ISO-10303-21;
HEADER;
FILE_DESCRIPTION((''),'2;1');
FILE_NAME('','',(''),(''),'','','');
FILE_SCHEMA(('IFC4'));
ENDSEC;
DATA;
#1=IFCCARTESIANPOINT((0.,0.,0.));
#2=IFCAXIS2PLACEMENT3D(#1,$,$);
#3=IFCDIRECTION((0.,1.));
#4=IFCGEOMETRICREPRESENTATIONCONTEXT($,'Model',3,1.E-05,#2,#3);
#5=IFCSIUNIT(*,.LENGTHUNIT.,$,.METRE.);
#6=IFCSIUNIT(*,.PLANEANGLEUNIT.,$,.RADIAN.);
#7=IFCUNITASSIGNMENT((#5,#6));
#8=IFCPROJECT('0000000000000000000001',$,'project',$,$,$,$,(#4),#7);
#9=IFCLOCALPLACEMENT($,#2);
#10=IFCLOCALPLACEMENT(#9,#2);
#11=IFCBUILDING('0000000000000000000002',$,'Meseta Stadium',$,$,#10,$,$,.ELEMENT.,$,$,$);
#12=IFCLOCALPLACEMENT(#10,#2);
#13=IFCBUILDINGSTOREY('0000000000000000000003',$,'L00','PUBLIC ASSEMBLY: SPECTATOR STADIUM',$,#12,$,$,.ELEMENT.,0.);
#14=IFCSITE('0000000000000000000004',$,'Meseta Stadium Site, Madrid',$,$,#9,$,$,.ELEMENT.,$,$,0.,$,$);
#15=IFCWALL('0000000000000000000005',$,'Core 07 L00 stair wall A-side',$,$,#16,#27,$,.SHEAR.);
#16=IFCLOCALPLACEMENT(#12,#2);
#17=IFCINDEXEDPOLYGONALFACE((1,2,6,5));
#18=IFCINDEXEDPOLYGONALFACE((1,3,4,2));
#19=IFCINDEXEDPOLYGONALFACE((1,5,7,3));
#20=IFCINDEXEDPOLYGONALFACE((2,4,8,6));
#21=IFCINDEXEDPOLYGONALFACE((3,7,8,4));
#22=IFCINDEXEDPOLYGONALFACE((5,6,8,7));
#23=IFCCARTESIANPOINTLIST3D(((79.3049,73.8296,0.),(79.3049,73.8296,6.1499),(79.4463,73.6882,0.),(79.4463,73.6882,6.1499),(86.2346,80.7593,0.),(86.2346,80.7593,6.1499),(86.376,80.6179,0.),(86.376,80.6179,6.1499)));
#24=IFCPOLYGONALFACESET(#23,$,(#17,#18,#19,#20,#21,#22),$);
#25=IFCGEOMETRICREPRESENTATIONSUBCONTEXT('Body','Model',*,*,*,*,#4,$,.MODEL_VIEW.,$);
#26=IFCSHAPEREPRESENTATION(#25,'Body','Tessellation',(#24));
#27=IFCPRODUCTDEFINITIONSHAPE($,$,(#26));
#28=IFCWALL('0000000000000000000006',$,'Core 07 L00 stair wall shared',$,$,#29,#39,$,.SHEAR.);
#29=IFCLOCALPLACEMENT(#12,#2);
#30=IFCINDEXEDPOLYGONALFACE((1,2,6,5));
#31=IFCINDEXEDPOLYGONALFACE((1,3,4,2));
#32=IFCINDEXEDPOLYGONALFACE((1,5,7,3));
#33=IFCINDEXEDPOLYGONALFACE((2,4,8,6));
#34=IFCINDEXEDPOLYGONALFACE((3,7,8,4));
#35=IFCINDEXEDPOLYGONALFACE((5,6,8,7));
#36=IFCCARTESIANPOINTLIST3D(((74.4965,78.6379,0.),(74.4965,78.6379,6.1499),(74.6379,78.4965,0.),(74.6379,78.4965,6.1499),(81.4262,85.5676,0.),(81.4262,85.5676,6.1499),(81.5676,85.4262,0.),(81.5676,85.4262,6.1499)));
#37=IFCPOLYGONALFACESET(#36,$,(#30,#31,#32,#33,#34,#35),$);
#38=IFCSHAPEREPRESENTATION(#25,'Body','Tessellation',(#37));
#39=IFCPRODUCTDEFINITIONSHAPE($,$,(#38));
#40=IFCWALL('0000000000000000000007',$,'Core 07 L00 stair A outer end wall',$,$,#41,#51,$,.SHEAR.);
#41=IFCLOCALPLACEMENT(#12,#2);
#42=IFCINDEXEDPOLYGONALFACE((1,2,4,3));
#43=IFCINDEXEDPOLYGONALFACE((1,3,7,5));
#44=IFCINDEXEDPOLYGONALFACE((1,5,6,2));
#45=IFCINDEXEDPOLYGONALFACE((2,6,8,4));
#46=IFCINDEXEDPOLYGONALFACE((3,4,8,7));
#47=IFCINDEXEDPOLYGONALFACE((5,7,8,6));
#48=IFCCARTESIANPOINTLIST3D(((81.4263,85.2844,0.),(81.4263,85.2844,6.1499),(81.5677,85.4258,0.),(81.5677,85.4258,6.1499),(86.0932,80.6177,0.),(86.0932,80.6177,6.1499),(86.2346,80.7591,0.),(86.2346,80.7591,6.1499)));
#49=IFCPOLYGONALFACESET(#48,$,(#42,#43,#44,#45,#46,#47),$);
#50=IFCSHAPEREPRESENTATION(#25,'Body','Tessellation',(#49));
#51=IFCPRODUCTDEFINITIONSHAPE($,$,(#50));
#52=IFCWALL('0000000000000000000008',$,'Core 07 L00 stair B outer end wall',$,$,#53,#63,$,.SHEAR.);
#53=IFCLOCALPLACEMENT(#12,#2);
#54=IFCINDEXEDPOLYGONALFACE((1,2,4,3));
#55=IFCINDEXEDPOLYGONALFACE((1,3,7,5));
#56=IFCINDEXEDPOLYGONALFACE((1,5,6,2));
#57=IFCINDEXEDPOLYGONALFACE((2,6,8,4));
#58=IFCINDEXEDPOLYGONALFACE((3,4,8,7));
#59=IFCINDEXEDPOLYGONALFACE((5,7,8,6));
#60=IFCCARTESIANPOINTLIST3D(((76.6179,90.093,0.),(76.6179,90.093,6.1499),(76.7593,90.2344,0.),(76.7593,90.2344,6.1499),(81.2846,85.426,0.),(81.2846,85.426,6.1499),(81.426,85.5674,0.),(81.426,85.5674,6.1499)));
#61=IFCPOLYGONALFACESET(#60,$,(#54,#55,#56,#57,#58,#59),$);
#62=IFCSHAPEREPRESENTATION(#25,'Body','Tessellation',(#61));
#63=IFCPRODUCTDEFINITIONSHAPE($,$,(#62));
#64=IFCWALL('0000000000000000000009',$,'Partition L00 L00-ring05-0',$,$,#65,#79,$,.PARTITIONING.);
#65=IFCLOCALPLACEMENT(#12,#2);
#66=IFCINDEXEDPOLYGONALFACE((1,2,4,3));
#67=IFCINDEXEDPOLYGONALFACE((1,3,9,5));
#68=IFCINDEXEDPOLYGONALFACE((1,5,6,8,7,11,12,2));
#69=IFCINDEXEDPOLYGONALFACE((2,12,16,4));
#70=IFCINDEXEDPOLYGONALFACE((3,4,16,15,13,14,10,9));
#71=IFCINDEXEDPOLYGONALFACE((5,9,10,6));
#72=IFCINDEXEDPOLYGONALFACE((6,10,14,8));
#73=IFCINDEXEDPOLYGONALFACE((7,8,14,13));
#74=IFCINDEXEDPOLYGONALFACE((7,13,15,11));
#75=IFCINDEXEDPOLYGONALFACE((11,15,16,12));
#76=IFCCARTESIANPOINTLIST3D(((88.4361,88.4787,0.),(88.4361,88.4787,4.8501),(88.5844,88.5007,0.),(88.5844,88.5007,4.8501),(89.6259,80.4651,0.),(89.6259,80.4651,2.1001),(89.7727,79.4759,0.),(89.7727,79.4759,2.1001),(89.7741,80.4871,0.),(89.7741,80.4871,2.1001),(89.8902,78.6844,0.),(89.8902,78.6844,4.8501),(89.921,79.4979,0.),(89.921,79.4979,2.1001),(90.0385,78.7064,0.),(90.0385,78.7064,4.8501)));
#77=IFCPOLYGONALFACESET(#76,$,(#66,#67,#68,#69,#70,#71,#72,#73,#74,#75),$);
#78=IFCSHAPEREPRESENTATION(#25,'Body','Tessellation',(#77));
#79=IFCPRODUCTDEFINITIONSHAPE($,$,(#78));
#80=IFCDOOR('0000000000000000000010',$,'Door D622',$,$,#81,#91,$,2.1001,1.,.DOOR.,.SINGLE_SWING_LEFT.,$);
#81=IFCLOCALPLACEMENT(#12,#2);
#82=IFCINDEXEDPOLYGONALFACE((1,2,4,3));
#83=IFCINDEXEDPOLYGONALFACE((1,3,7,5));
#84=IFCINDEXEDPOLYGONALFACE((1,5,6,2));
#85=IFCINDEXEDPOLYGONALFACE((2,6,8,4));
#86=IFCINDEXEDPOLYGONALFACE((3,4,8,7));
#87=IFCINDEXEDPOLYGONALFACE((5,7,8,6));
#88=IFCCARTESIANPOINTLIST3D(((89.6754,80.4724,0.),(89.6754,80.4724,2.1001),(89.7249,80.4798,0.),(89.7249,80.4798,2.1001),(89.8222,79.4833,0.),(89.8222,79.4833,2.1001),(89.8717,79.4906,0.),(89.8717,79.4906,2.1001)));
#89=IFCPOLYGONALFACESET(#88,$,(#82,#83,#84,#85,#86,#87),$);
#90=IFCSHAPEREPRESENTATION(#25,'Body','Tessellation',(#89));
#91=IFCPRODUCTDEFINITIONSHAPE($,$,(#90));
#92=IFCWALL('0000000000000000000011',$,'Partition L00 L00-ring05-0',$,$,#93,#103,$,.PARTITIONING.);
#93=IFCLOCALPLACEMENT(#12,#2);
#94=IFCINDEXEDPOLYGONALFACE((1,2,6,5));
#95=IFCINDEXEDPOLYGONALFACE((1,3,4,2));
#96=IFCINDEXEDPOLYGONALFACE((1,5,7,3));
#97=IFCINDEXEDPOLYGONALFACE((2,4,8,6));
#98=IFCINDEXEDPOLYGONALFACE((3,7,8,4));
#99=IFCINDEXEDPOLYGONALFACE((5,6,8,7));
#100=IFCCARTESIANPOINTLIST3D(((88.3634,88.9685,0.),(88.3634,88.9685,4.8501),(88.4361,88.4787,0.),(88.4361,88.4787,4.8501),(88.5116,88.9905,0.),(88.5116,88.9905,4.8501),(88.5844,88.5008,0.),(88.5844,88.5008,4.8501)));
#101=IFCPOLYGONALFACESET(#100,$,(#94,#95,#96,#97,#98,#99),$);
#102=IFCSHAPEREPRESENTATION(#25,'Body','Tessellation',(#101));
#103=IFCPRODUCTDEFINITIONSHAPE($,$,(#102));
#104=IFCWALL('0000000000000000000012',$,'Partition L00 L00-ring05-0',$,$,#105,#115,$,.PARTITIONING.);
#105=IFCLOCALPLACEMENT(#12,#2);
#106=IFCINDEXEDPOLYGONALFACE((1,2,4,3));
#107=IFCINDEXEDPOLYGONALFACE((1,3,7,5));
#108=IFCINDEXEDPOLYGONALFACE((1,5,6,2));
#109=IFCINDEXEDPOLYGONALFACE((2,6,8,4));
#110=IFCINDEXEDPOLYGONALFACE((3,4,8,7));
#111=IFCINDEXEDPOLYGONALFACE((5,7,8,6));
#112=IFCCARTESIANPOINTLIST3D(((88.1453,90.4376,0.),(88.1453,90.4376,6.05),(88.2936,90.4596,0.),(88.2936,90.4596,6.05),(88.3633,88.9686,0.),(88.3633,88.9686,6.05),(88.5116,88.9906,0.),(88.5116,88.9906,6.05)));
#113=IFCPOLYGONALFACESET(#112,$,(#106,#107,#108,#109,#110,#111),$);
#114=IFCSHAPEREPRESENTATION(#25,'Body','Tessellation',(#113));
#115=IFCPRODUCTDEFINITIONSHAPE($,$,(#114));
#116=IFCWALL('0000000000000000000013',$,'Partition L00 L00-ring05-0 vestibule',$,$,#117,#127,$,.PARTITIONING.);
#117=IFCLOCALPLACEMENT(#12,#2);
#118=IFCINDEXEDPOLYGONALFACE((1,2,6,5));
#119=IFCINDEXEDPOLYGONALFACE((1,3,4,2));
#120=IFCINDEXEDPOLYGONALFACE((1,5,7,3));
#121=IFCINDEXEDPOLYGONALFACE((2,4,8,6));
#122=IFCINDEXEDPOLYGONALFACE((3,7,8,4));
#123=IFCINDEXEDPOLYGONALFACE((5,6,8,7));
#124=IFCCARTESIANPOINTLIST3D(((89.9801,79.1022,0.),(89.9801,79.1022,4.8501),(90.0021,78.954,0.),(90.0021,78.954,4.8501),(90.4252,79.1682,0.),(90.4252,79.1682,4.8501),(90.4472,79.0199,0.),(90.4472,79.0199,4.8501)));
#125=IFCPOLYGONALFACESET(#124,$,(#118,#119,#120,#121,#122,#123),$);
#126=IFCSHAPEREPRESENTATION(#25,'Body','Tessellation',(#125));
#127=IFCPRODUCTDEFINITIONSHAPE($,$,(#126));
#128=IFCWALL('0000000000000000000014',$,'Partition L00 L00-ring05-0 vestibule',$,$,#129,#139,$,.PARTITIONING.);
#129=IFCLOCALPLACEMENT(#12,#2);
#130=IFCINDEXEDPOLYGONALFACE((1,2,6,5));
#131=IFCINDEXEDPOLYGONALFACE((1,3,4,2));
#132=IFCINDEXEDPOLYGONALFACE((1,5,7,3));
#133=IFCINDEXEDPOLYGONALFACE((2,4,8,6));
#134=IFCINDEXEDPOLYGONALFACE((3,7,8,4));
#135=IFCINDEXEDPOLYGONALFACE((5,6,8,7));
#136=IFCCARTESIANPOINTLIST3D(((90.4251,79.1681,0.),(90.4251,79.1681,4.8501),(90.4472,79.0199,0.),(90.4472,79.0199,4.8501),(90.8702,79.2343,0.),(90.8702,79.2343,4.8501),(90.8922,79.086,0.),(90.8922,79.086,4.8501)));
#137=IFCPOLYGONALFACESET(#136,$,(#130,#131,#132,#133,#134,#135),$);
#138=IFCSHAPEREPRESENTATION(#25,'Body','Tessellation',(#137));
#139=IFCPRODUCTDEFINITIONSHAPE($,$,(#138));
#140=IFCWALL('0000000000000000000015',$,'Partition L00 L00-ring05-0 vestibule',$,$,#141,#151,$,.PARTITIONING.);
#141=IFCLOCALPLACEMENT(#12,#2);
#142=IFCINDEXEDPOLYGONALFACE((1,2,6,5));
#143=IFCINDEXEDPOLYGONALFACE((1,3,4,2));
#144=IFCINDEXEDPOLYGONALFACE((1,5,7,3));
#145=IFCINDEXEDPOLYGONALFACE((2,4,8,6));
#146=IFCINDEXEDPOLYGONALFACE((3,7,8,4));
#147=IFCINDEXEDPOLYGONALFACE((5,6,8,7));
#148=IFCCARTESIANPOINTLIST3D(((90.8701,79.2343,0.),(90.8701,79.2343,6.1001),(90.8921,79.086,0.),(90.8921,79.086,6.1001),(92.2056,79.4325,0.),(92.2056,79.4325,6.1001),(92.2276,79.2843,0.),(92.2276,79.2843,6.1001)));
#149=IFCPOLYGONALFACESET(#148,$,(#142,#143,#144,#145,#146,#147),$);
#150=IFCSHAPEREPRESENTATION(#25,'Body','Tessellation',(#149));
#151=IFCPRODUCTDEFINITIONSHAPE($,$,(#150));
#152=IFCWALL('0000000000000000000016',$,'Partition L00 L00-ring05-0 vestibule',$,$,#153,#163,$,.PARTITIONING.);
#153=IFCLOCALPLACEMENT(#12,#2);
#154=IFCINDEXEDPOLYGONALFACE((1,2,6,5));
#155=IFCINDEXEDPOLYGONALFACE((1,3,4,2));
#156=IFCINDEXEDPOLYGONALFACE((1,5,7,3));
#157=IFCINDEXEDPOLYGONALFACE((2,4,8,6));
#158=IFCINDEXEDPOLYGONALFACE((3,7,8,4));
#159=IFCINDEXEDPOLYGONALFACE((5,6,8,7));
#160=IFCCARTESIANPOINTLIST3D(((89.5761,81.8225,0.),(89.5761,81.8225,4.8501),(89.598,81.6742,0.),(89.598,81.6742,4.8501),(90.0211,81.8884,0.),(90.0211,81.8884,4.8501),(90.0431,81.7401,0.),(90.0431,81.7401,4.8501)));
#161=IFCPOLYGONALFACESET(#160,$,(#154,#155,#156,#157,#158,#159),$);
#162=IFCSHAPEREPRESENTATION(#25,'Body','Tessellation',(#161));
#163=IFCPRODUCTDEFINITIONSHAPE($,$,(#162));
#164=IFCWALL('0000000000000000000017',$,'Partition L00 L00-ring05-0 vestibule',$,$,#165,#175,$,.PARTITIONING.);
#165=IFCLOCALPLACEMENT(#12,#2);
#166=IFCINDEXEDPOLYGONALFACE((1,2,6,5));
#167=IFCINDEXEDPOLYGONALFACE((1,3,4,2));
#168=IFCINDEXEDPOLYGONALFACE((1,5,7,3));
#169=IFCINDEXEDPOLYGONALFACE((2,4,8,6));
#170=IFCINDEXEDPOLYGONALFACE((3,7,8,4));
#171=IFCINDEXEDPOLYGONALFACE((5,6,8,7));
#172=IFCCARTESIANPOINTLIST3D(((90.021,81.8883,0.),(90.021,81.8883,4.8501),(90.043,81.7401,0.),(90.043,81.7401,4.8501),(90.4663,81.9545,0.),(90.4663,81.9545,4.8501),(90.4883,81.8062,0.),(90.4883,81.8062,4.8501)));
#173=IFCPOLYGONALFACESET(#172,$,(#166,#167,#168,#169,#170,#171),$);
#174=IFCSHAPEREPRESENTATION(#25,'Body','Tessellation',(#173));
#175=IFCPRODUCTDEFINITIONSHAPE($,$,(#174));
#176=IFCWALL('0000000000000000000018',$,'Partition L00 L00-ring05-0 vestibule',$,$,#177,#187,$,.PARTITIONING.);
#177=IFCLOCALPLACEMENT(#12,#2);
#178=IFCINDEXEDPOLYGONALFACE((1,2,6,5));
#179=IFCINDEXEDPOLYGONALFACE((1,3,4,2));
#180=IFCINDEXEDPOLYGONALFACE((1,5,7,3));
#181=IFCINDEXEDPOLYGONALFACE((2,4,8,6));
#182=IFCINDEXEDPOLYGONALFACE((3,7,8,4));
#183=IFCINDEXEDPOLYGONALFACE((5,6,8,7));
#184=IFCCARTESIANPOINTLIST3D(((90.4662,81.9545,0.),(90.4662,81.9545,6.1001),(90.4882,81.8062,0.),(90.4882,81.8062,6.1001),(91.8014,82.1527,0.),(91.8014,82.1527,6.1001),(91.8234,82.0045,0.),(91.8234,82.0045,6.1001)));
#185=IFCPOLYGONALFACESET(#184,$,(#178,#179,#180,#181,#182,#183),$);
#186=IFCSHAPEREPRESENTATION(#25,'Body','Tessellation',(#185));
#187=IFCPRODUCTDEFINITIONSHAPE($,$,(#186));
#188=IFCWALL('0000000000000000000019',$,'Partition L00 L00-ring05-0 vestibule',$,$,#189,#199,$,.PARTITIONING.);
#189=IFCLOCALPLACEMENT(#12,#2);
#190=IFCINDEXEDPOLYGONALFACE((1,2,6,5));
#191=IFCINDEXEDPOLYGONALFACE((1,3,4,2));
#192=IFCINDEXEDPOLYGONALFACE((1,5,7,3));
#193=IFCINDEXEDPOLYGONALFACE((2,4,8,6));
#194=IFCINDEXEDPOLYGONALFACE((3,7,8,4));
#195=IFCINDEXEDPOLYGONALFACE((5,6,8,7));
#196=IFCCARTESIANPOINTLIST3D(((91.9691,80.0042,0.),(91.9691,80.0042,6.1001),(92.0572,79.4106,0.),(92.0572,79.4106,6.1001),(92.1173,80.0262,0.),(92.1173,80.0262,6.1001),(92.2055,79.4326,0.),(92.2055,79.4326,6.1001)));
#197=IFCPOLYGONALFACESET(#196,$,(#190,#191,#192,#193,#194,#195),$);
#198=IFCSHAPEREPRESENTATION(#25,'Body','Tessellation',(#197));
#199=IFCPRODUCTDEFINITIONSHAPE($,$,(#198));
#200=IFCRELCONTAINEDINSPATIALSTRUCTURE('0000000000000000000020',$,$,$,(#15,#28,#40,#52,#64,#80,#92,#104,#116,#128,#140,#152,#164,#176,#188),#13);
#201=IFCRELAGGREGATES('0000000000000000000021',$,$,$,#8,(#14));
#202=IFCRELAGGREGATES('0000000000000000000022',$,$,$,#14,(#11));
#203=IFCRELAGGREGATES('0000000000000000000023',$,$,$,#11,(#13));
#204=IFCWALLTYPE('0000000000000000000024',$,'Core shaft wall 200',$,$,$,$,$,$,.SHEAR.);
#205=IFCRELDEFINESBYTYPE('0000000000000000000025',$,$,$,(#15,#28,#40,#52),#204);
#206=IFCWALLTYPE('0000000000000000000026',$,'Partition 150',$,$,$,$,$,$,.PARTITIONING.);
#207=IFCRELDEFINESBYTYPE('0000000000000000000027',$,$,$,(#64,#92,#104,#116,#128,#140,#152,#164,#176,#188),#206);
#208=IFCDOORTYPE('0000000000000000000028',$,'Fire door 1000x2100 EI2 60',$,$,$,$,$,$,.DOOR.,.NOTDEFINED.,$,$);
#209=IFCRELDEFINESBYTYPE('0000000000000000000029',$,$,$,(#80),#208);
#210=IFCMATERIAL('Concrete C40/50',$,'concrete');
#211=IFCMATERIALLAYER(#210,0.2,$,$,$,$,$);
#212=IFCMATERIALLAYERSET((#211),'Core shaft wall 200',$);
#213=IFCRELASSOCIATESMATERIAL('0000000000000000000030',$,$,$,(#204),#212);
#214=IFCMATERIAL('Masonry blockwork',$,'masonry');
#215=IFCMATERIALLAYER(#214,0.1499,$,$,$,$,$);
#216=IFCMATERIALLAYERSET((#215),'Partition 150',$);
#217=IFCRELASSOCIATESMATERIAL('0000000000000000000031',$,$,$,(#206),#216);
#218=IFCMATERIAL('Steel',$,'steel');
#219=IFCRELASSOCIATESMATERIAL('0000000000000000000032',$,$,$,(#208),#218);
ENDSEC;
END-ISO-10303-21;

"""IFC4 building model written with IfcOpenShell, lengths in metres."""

from ifc_helpers import new_model, si_unit, direction, frame, frame_2d, origin, place, context, subcontext, project, spatial, rectangle, extrude, material, layer, layer_set, type_object, element, fill, save


model = new_model("IFC4")

# Units and contexts
model_context = context("Model", 3, precision=1e-05, world=origin(), true_north=direction((0.0, 1.0)))
body_context = subcontext(model_context, "Body", "Model", "MODEL_VIEW")
ifc_project = project(units=[si_unit("LENGTHUNIT", "METRE"), si_unit("PLANEANGLEUNIT", "RADIAN")], contexts=[model_context])

# Site, building, storey
site_placement = place(None, origin())
site = spatial("IfcSite", under=ifc_project, at=site_placement, Name="Meseta Stadium Site, Madrid", CompositionType="ELEMENT", RefElevation=0.0)
building_placement = place(site_placement, origin())
building = spatial("IfcBuilding", under=site, at=building_placement, Name="Meseta Stadium", CompositionType="ELEMENT")
storey_placement = place(building_placement, origin())
storey = spatial("IfcBuildingStorey", under=building, at=storey_placement, Name="L00", Description="PUBLIC ASSEMBLY: SPECTATOR STADIUM", CompositionType="ELEMENT", Elevation=0.0)

# Walls
ifc_material_1 = material(Name="Concrete C40/50", Category="concrete")
ifc_layer_1 = layer(ifc_material_1, 0.2)
ifc_layer_set_1 = layer_set([ifc_layer_1], Name="Core shaft wall 200")
wall_type_1 = type_object("IfcWallType", Name="Core shaft wall 200", PredefinedType="SHEAR", material=ifc_layer_set_1)
for number, where, z_axis, x_axis, name in (
    (1, (86.3052, 80.6885, 0.0), (0.0, 0.0, 1.0), (-0.707107, -0.707107, 0.0), "Core 07 L00 stair wall A-side"),
    (2, (81.4968, 85.4968, 0.0), (0.0, 0.0, 1.0), (-0.707107, -0.707107, 0.0), "Core 07 L00 stair wall shared"),
):
    element("IfcWall", number, at=place(storey_placement, frame(where, z_axis=z_axis, x_axis=x_axis)), inside=storey, type_object=wall_type_1, Name=name, PredefinedType="SHEAR", context=body_context, shape_type="SweptSolid", body=[
        extrude(rectangle(XDim=9.8, YDim=0.2, at=frame_2d((4.8999, 0.0))), origin(), (0.0, 0.0, 1.0), 6.1499),
    ])
for number, where, z_axis, x_axis, name in (
    (3, (86.1638, 80.6885, 0.0), (0.0, 0.0, 1.0), (-0.707125, 0.707088, 0.0), "Core 07 L00 stair A outer end wall"),
    (4, (81.3552, 85.4968, 0.0), (0.0, 0.0, 1.0), (-0.707088, 0.707125, 0.0), "Core 07 L00 stair B outer end wall"),
):
    element("IfcWall", number, at=place(storey_placement, frame(where, z_axis=z_axis, x_axis=x_axis)), inside=storey, type_object=wall_type_1, Name=name, PredefinedType="SHEAR", context=body_context, shape_type="SweptSolid", body=[
        extrude(rectangle(XDim=6.5999, YDim=0.2, at=frame_2d((3.2998, 0.0))), origin(), (0.0, 0.0, 1.0), 6.1499),
    ])

# Wall, opening, door
ifc_material_2 = material(Name="Masonry blockwork", Category="masonry")
ifc_layer_2 = layer(ifc_material_2, 0.1499)
ifc_layer_set_2 = layer_set([ifc_layer_2], Name="Partition 150")
wall_type_2 = type_object("IfcWallType", Name="Partition 150", PredefinedType="PARTITIONING", material=ifc_layer_set_2)
wall_1_placement = place(storey_placement, frame((89.9644, 78.6956, 0.0), z_axis=(0.0, 0.0, 1.0), x_axis=(-0.146856, 0.989158, 0.0)))
wall_1 = element("IfcWall", 5, at=wall_1_placement, inside=storey, type_object=wall_type_2, Name="Partition L00 L00-ring05-0", PredefinedType="PARTITIONING", context=body_context, shape_type="SweptSolid", body=[
    extrude(rectangle(XDim=9.9016, YDim=0.1499, at=frame_2d((4.9507, 0.0))), origin(), (0.0, 0.0, 1.0), 4.8501),
])
opening_1_placement = place(wall_1_placement, frame((0.8, 0.0, 0.0)))
opening_1 = element("IfcOpeningElement", 6, at=opening_1_placement, cuts=wall_1, PredefinedType="OPENING", context=body_context, shape_type="SweptSolid", body=[
    extrude(rectangle(XDim=1.0, YDim=2.1001, at=frame_2d((0.5, 1.05))), frame((0.0, 0.085, 0.0), z_axis=(0.0, -1.0, 0.0), x_axis=(1.0, 0.0, 0.0)), (0.0, 0.0, 1.0), 0.1699),
])
ifc_material_3 = material(Name="Steel", Category="steel")
door_type_1 = type_object("IfcDoorType", Name="Fire door 1000x2100 EI2 60", OperationType="NOTDEFINED", PredefinedType="DOOR", material=ifc_material_3)
door_1_placement = place(opening_1_placement, origin())
door_1 = element("IfcDoor", 7, at=door_1_placement, inside=storey, type_object=door_type_1, Name="Door D622", OperationType="SINGLE_SWING_LEFT", OverallHeight=2.1001, OverallWidth=1.0, PredefinedType="DOOR", context=body_context, shape_type="SweptSolid", body=[
    extrude(rectangle(XDim=1.0, YDim=2.1001, at=frame_2d((0.5, 1.05))), frame((0.0, 0.0249, 0.0), z_axis=(0.0, -1.0, 0.0), x_axis=(1.0, 0.0, 0.0)), (0.0, 0.0, 1.0), 0.05),
])
fill(opening_1, door_1)

# Walls
wall_2_placement = place(storey_placement, frame((88.5103, 88.4897, 0.0), z_axis=(0.0, 0.0, 1.0), x_axis=(-0.146942, 0.989145, 0.0)))
element("IfcWall", 8, at=wall_2_placement, inside=storey, type_object=wall_type_2, Name="Partition L00 L00-ring05-0", PredefinedType="PARTITIONING", context=body_context, shape_type="SweptSolid", body=[
    extrude(rectangle(XDim=0.4951, YDim=0.1499, at=frame_2d((0.2476, 0.0))), origin(), (0.0, 0.0, 1.0), 4.8501),
])
wall_3_placement = place(storey_placement, frame((88.4375, 88.9795, 0.0), z_axis=(0.0, 0.0, 1.0), x_axis=(-0.146805, 0.989165, 0.0)))
element("IfcWall", 9, at=wall_3_placement, inside=storey, type_object=wall_type_2, Name="Partition L00 L00-ring05-0", PredefinedType="PARTITIONING", context=body_context, shape_type="SweptSolid", body=[
    extrude(rectangle(XDim=1.4851, YDim=0.1499, at=frame_2d((0.7427, 0.0))), origin(), (0.0, 0.0, 1.0), 6.05),
])
for number, where, z_axis, x_axis, name in (
    (10, (89.991, 79.0281, 0.0), (0.0, 0.0, 1.0), (0.989209, 0.146509, 0.0), "Partition L00 L00-ring05-0 vestibule"),
    (11, (90.436, 79.094, 0.0), (0.0, 0.0, 1.0), (0.989131, 0.14704, 0.0), "Partition L00 L00-ring05-0 vestibule"),
):
    element("IfcWall", number, at=place(storey_placement, frame(where, z_axis=z_axis, x_axis=x_axis)), inside=storey, type_object=wall_type_2, Name=name, PredefinedType="PARTITIONING", context=body_context, shape_type="SweptSolid", body=[
        extrude(rectangle(XDim=0.45, YDim=0.1499, at=frame_2d((0.2251, 0.0))), origin(), (0.0, 0.0, 1.0), 4.8501),
    ])
wall_4_placement = place(storey_placement, frame((90.8811, 79.1602, 0.0), z_axis=(0.0, 0.0, 1.0), x_axis=(0.989161, 0.146837, 0.0)))
element("IfcWall", 12, at=wall_4_placement, inside=storey, type_object=wall_type_2, Name="Partition L00 L00-ring05-0 vestibule", PredefinedType="PARTITIONING", context=body_context, shape_type="SweptSolid", body=[
    extrude(rectangle(XDim=1.3501, YDim=0.1499, at=frame_2d((0.675, 0.0))), origin(), (0.0, 0.0, 1.0), 6.1001),
])
wall_5_placement = place(storey_placement, frame((89.5869, 81.7483, 0.0), z_axis=(0.0, 0.0, 1.0), x_axis=(0.989209, 0.146509, 0.0)))
element("IfcWall", 13, at=wall_5_placement, inside=storey, type_object=wall_type_2, Name="Partition L00 L00-ring05-0 vestibule", PredefinedType="PARTITIONING", context=body_context, shape_type="SweptSolid", body=[
    extrude(rectangle(XDim=0.45, YDim=0.1499, at=frame_2d((0.2251, 0.0))), origin(), (0.0, 0.0, 1.0), 4.8501),
])
wall_6_placement = place(storey_placement, frame((90.032, 81.8142, 0.0), z_axis=(0.0, 0.0, 1.0), x_axis=(0.989142, 0.146961, 0.0)))
element("IfcWall", 14, at=wall_6_placement, inside=storey, type_object=wall_type_2, Name="Partition L00 L00-ring05-0 vestibule", PredefinedType="PARTITIONING", context=body_context, shape_type="SweptSolid", body=[
    extrude(rectangle(XDim=0.4502, YDim=0.1499, at=frame_2d((0.2251, 0.0))), origin(), (0.0, 0.0, 1.0), 4.8501),
])
wall_7_placement = place(storey_placement, frame((90.4773, 81.8804, 0.0), z_axis=(0.0, 0.0, 1.0), x_axis=(0.989157, 0.146863, 0.0)))
element("IfcWall", 15, at=wall_7_placement, inside=storey, type_object=wall_type_2, Name="Partition L00 L00-ring05-0 vestibule", PredefinedType="PARTITIONING", context=body_context, shape_type="SweptSolid", body=[
    extrude(rectangle(XDim=1.3499, YDim=0.1499, at=frame_2d((0.6748, 0.0))), origin(), (0.0, 0.0, 1.0), 6.1001),
])
wall_8_placement = place(storey_placement, frame((92.1313, 79.4216, 0.0), z_axis=(0.0, 0.0, 1.0), x_axis=(-0.146888, 0.989153, 0.0)))
element("IfcWall", 16, at=wall_8_placement, inside=storey, type_object=wall_type_2, Name="Partition L00 L00-ring05-0 vestibule", PredefinedType="PARTITIONING", context=body_context, shape_type="SweptSolid", body=[
    extrude(rectangle(XDim=0.6001, YDim=0.1499, at=frame_2d((0.3, 0.0))), origin(), (0.0, 0.0, 1.0), 6.1001),
])

save(model, "model.ifc")
